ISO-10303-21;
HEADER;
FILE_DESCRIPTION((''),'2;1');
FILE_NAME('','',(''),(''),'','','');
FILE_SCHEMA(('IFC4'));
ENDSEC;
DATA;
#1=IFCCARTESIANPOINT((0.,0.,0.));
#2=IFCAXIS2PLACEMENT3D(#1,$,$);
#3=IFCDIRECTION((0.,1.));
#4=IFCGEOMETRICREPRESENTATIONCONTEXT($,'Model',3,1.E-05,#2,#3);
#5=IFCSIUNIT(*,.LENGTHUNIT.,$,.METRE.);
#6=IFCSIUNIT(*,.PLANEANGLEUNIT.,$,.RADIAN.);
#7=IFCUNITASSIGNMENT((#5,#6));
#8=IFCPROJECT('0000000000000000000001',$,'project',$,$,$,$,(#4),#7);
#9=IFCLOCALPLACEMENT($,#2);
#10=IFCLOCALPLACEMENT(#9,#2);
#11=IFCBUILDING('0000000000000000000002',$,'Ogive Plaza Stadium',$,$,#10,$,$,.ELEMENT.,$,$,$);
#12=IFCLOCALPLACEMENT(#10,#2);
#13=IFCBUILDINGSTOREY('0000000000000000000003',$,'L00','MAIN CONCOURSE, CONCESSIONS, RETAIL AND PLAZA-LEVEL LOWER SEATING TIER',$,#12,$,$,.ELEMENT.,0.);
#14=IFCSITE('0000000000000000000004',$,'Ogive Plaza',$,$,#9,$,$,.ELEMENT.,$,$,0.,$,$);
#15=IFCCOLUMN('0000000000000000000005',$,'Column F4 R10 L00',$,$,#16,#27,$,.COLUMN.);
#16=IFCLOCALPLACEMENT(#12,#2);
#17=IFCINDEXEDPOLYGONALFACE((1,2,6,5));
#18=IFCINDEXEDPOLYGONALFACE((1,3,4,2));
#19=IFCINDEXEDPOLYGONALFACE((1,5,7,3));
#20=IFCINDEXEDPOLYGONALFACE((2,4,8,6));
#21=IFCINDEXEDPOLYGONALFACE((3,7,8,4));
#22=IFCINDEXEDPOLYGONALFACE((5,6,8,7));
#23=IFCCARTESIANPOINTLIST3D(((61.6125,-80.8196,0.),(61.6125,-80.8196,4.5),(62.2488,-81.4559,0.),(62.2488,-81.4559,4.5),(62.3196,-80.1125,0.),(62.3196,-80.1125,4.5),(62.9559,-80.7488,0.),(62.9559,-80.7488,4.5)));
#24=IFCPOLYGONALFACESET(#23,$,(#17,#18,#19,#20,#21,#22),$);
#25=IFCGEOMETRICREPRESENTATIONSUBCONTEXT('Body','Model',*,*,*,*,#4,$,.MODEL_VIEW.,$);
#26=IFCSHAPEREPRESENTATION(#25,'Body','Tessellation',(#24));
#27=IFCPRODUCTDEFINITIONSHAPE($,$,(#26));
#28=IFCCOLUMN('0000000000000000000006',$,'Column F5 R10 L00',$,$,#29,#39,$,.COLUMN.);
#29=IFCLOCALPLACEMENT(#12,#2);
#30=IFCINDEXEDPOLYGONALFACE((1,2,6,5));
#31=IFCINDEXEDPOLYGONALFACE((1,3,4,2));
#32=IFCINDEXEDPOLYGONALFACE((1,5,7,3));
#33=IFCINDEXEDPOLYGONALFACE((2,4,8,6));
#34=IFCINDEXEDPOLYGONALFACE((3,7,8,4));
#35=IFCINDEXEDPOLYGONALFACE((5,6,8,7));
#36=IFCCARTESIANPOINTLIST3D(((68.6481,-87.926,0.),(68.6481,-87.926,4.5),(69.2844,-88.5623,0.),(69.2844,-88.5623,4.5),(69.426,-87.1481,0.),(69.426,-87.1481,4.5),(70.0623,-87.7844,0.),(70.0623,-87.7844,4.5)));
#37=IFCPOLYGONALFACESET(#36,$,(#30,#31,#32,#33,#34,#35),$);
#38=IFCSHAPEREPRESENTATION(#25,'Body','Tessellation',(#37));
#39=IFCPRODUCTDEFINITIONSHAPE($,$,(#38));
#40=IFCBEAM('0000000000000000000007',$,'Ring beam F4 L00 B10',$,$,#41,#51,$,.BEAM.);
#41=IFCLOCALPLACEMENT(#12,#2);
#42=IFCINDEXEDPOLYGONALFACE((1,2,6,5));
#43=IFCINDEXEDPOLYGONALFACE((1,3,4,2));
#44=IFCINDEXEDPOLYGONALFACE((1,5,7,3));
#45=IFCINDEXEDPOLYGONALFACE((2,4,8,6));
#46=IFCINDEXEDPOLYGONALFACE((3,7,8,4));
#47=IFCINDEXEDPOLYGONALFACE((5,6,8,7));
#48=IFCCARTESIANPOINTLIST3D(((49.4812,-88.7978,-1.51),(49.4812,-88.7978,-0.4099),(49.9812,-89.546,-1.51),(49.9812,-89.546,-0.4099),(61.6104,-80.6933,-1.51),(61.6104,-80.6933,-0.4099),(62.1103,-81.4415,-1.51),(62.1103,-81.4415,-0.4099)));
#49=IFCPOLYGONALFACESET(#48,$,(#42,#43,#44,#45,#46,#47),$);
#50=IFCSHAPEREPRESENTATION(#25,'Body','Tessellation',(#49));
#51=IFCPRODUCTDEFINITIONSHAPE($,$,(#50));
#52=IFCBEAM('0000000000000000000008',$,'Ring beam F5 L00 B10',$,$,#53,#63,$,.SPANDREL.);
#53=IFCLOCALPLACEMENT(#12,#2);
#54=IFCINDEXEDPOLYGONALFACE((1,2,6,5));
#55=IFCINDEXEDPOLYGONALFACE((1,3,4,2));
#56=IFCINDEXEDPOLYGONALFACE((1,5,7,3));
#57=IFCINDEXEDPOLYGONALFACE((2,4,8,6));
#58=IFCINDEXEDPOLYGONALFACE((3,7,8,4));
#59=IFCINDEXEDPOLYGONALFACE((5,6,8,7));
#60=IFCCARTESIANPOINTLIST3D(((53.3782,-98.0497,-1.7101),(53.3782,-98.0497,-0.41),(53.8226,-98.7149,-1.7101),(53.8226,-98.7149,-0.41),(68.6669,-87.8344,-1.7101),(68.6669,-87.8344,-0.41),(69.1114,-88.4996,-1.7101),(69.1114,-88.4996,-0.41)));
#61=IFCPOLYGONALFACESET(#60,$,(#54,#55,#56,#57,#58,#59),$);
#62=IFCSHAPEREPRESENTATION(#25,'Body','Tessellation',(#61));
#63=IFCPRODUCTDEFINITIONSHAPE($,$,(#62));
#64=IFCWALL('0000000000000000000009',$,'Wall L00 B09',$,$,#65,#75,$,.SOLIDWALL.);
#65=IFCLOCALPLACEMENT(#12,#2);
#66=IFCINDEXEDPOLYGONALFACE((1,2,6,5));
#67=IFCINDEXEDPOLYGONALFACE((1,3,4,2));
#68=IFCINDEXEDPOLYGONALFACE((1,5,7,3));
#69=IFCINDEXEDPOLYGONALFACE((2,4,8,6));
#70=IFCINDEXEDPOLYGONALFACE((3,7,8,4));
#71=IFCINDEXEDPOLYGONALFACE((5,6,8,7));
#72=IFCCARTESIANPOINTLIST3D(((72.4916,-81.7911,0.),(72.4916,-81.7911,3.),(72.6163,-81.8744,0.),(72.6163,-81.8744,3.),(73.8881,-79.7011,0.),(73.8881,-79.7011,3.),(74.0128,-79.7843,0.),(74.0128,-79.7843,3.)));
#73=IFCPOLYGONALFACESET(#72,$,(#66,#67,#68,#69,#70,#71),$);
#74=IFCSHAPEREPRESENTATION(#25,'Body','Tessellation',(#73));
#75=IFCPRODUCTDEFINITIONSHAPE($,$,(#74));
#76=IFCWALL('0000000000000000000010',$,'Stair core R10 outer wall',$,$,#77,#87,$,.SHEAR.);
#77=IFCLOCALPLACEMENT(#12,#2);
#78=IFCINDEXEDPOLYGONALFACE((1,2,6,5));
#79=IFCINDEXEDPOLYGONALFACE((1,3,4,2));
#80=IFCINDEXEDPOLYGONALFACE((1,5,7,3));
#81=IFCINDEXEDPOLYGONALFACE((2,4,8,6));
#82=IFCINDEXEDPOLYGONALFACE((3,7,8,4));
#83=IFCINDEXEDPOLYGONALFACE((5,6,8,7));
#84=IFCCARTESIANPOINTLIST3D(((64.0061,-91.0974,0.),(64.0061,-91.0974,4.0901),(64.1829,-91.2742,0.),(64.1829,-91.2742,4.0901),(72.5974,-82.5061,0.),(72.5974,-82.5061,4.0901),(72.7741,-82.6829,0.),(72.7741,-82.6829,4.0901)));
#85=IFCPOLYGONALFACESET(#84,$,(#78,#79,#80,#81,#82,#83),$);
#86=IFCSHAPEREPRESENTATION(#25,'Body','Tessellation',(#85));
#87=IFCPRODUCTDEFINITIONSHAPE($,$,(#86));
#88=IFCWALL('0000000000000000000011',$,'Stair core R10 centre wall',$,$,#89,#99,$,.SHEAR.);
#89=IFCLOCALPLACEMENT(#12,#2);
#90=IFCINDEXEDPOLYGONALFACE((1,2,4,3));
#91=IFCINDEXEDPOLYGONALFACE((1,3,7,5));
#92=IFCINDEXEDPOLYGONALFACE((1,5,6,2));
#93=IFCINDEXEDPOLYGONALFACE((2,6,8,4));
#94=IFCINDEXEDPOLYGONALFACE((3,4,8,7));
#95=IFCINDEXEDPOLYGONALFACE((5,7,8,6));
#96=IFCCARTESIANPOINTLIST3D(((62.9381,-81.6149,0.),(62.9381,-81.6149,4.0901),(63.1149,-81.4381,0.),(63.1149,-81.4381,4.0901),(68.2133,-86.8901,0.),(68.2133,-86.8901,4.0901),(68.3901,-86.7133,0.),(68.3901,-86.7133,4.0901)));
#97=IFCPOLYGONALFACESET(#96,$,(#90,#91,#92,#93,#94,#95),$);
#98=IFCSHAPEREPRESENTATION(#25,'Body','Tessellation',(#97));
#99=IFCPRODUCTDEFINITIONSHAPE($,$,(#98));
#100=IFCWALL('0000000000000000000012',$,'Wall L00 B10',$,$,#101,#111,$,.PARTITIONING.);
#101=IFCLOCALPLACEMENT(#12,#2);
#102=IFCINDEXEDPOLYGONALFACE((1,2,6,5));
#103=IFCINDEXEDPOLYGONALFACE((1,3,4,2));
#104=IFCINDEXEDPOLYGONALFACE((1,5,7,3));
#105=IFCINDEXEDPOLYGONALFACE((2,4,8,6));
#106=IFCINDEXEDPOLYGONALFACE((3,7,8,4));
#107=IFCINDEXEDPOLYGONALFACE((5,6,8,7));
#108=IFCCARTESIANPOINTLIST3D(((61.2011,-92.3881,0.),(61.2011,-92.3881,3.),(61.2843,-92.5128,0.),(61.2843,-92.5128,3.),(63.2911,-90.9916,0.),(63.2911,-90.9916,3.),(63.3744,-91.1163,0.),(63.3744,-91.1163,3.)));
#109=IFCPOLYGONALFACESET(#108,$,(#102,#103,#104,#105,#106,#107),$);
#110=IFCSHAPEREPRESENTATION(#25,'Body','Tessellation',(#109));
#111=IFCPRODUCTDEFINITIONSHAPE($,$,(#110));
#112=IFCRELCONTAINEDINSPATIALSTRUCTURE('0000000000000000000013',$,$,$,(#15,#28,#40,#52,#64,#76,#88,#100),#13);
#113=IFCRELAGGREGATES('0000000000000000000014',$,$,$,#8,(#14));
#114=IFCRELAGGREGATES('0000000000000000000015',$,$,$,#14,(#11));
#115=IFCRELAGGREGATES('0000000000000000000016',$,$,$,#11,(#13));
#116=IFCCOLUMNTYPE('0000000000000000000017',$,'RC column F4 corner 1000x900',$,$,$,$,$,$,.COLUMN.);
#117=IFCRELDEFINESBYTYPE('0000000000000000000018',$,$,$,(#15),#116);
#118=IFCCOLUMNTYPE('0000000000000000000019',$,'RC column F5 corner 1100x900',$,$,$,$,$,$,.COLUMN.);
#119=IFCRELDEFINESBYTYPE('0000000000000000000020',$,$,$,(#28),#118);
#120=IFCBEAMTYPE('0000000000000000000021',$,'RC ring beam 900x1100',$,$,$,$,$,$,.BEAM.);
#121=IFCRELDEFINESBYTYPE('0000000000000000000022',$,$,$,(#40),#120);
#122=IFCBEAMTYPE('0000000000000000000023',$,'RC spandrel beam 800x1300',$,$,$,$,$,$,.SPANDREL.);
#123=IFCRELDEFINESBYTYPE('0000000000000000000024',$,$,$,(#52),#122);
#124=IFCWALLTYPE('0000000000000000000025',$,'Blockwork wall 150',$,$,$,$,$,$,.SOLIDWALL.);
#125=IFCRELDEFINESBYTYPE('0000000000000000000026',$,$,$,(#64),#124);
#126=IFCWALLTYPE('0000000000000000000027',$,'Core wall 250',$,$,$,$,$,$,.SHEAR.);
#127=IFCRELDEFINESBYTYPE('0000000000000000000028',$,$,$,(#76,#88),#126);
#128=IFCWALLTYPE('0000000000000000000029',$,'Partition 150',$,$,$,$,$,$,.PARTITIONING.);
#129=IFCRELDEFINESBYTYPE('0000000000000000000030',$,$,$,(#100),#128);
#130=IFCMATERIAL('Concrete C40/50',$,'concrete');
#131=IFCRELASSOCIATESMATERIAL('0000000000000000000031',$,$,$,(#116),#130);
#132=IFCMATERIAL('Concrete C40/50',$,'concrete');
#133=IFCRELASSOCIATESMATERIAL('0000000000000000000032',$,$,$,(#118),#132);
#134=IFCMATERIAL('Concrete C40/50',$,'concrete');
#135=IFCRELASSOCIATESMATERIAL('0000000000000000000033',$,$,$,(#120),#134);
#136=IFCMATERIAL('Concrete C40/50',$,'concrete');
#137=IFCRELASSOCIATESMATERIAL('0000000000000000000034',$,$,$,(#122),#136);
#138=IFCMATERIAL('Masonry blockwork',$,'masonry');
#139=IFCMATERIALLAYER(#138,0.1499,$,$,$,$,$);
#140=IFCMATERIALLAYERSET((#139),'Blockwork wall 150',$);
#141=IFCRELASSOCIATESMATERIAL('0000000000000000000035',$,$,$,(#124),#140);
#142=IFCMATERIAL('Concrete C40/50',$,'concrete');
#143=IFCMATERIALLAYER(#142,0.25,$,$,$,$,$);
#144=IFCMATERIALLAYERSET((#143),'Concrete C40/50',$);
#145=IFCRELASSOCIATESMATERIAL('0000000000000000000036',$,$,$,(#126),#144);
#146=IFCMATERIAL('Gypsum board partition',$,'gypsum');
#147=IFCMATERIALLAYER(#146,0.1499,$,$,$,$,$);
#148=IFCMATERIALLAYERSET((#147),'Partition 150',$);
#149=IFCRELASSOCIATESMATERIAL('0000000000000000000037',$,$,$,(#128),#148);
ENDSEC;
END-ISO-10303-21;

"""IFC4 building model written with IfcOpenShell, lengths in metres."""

from ifc_helpers import new_model, si_unit, direction, frame, frame_2d, origin, origin_2d, place, context, subcontext, project, spatial, rectangle, extrude, material, layer, layer_set, material_profile, profile_set, type_object, element, save


model = new_model("IFC4")

# Units and contexts
model_context = context("Model", 3, precision=1e-05, world=origin(), true_north=direction((0.0, 1.0)))
body_context = subcontext(model_context, "Body", "Model", "MODEL_VIEW")
ifc_project = project(units=[si_unit("LENGTHUNIT", "METRE"), si_unit("PLANEANGLEUNIT", "RADIAN")], contexts=[model_context])

# Site, building, storey
site_placement = place(None, origin())
site = spatial("IfcSite", under=ifc_project, at=site_placement, Name="Ogive Plaza", CompositionType="ELEMENT", RefElevation=0.0)
building_placement = place(site_placement, origin())
building = spatial("IfcBuilding", under=site, at=building_placement, Name="Ogive Plaza Stadium", CompositionType="ELEMENT")
storey_placement = place(building_placement, origin())
storey = spatial("IfcBuildingStorey", under=building, at=storey_placement, Name="L00", Description="MAIN CONCOURSE, CONCESSIONS, RETAIL AND PLAZA-LEVEL LOWER SEATING TIER", CompositionType="ELEMENT", Elevation=0.0)

# Columns
ifc_material_1 = material(Name="Concrete C40/50", Category="concrete")
ifc_material_profile_1 = material_profile(ifc_material_1, rectangle(XDim=1.0, YDim=0.8999, at=origin_2d()), Name="RC 1000x900")
ifc_profile_set_1 = profile_set([ifc_material_profile_1], Name="Concrete C40/50")
column_type_1 = type_object("IfcColumnType", Name="RC column F4 corner 1000x900", PredefinedType="COLUMN", material=ifc_profile_set_1)
column_1_placement = place(storey_placement, frame((62.2842, -80.7842, 0.0), z_axis=(0.0, 0.0, 1.0), x_axis=(0.707107, 0.707107, 0.0)))
element("IfcColumn", 1, at=column_1_placement, inside=storey, type_object=column_type_1, Name="Column F4 R10 L00", PredefinedType="COLUMN", context=body_context, shape_type="SweptSolid", body=[
    extrude(rectangle(XDim=1.0, YDim=0.8999, at=origin_2d()), origin(), (0.0, 0.0, 1.0), 4.5),
])
ifc_material_2 = material(Name="Concrete C40/50", Category="concrete")
ifc_material_profile_2 = material_profile(ifc_material_2, rectangle(XDim=1.1001, YDim=0.8999, at=origin_2d()), Name="RC 1100x900")
ifc_profile_set_2 = profile_set([ifc_material_profile_2], Name="Concrete C40/50")
column_type_2 = type_object("IfcColumnType", Name="RC column F5 corner 1100x900", PredefinedType="COLUMN", material=ifc_profile_set_2)
column_2_placement = place(storey_placement, frame((69.3552, -87.8552, 0.0), z_axis=(0.0, 0.0, 1.0), x_axis=(0.707107, 0.707107, 0.0)))
element("IfcColumn", 2, at=column_2_placement, inside=storey, type_object=column_type_2, Name="Column F5 R10 L00", PredefinedType="COLUMN", context=body_context, shape_type="SweptSolid", body=[
    extrude(rectangle(XDim=1.1001, YDim=0.8999, at=origin_2d()), origin(), (0.0, 0.0, 1.0), 4.5),
])

# Beams
ifc_material_3 = material(Name="Concrete C40/50", Category="concrete")
ifc_material_profile_3 = material_profile(ifc_material_3, rectangle(XDim=0.8999, YDim=1.1001, at=origin_2d()), Name="RC 900x1100")
ifc_profile_set_3 = profile_set([ifc_material_profile_3], Name="Concrete C40/50")
beam_type_1 = type_object("IfcBeamType", Name="RC ring beam 900x1100", PredefinedType="BEAM", material=ifc_profile_set_3)
beam_1_placement = place(storey_placement, frame((61.8604, -81.0674, -0.96), z_axis=(-0.831468, -0.555573, 0.0), x_axis=(0.555573, -0.831468, 0.0)))
element("IfcBeam", 3, at=beam_1_placement, inside=storey, type_object=beam_type_1, Name="Ring beam F4 L00 B10", PredefinedType="BEAM", context=body_context, shape_type="SweptSolid", body=[
    extrude(rectangle(XDim=0.8999, YDim=1.1001, at=origin_2d()), origin(), (0.0, 0.0, 1.0), 14.5876),
])
ifc_material_4 = material(Name="Concrete C40/50", Category="concrete")
ifc_material_profile_4 = material_profile(ifc_material_4, rectangle(XDim=0.8, YDim=1.3, at=origin_2d()), Name="RC 800x1300")
ifc_profile_set_4 = profile_set([ifc_material_profile_4], Name="Concrete C40/50")
beam_type_2 = type_object("IfcBeamType", Name="RC spandrel beam 800x1300", PredefinedType="SPANDREL", material=ifc_profile_set_4)
beam_2_placement = place(storey_placement, frame((68.8892, -88.167, -1.0601), z_axis=(-0.831478, -0.555558, 0.0), x_axis=(0.555558, -0.831478, 0.0)))
element("IfcBeam", 4, at=beam_2_placement, inside=storey, type_object=beam_type_2, Name="Ring beam F5 L00 B10", PredefinedType="SPANDREL", context=body_context, shape_type="SweptSolid", body=[
    extrude(rectangle(XDim=0.8, YDim=1.3, at=origin_2d()), origin(), (0.0, 0.0, 1.0), 18.3875),
])

# Walls
ifc_material_5 = material(Name="Masonry blockwork", Category="masonry")
ifc_layer_1 = layer(ifc_material_5, 0.1499)
ifc_layer_set_1 = layer_set([ifc_layer_1], Name="Blockwork wall 150")
wall_type_1 = type_object("IfcWallType", Name="Blockwork wall 150", PredefinedType="SOLIDWALL", material=ifc_layer_set_1)
wall_1_placement = place(storey_placement, frame((72.554, -81.8328, 0.0), z_axis=(0.0, 0.0, 1.0), x_axis=(0.555552, 0.831482, 0.0)))
element("IfcWall", 5, at=wall_1_placement, inside=storey, type_object=wall_type_1, Name="Wall L00 B09", PredefinedType="SOLIDWALL", context=body_context, shape_type="SweptSolid", body=[
    extrude(rectangle(XDim=2.5137, YDim=0.1499, at=frame_2d((1.2568, 0.0))), origin(), (0.0, 0.0, 1.0), 3.0),
])
ifc_material_6 = material(Name="Concrete C40/50", Category="concrete")
ifc_layer_2 = layer(ifc_material_6, 0.25)
ifc_layer_set_2 = layer_set([ifc_layer_2], Name="Concrete C40/50")
wall_type_2 = type_object("IfcWallType", Name="Core wall 250", PredefinedType="SHEAR", material=ifc_layer_set_2)
wall_2_placement = place(storey_placement, frame((64.0945, -91.1858, 0.0), z_axis=(0.0, 0.0, 1.0), x_axis=(0.707107, 0.707107, 0.0)))
element("IfcWall", 6, at=wall_2_placement, inside=storey, type_object=wall_type_2, Name="Stair core R10 outer wall", PredefinedType="SHEAR", context=body_context, shape_type="SweptSolid", body=[
    extrude(rectangle(XDim=12.1499, YDim=0.25, at=frame_2d((6.075, 0.0))), origin(), (0.0, 0.0, 1.0), 4.0901),
])
wall_3_placement = place(storey_placement, frame((63.0266, -81.5266, 0.0), z_axis=(0.0, 0.0, 1.0), x_axis=(0.707107, -0.707107, 0.0)))
element("IfcWall", 7, at=wall_3_placement, inside=storey, type_object=wall_type_2, Name="Stair core R10 centre wall", PredefinedType="SHEAR", context=body_context, shape_type="SweptSolid", body=[
    extrude(rectangle(XDim=7.4602, YDim=0.25, at=frame_2d((3.73, 0.0))), origin(), (0.0, 0.0, 1.0), 4.0901),
])
ifc_material_7 = material(Name="Gypsum board partition", Category="gypsum")
ifc_layer_3 = layer(ifc_material_7, 0.1499)
ifc_layer_set_3 = layer_set([ifc_layer_3], Name="Partition 150")
wall_type_3 = type_object("IfcWallType", Name="Partition 150", PredefinedType="PARTITIONING", material=ifc_layer_set_3)
wall_4_placement = place(storey_placement, frame((63.3328, -91.054, 0.0), z_axis=(0.0, 0.0, 1.0), x_axis=(-0.831482, -0.555552, 0.0)))
element("IfcWall", 8, at=wall_4_placement, inside=storey, type_object=wall_type_3, Name="Wall L00 B10", PredefinedType="PARTITIONING", context=body_context, shape_type="SweptSolid", body=[
    extrude(rectangle(XDim=2.5137, YDim=0.1499, at=frame_2d((1.2568, 0.0))), origin(), (0.0, 0.0, 1.0), 3.0),
])

save(model, "model.ifc")
